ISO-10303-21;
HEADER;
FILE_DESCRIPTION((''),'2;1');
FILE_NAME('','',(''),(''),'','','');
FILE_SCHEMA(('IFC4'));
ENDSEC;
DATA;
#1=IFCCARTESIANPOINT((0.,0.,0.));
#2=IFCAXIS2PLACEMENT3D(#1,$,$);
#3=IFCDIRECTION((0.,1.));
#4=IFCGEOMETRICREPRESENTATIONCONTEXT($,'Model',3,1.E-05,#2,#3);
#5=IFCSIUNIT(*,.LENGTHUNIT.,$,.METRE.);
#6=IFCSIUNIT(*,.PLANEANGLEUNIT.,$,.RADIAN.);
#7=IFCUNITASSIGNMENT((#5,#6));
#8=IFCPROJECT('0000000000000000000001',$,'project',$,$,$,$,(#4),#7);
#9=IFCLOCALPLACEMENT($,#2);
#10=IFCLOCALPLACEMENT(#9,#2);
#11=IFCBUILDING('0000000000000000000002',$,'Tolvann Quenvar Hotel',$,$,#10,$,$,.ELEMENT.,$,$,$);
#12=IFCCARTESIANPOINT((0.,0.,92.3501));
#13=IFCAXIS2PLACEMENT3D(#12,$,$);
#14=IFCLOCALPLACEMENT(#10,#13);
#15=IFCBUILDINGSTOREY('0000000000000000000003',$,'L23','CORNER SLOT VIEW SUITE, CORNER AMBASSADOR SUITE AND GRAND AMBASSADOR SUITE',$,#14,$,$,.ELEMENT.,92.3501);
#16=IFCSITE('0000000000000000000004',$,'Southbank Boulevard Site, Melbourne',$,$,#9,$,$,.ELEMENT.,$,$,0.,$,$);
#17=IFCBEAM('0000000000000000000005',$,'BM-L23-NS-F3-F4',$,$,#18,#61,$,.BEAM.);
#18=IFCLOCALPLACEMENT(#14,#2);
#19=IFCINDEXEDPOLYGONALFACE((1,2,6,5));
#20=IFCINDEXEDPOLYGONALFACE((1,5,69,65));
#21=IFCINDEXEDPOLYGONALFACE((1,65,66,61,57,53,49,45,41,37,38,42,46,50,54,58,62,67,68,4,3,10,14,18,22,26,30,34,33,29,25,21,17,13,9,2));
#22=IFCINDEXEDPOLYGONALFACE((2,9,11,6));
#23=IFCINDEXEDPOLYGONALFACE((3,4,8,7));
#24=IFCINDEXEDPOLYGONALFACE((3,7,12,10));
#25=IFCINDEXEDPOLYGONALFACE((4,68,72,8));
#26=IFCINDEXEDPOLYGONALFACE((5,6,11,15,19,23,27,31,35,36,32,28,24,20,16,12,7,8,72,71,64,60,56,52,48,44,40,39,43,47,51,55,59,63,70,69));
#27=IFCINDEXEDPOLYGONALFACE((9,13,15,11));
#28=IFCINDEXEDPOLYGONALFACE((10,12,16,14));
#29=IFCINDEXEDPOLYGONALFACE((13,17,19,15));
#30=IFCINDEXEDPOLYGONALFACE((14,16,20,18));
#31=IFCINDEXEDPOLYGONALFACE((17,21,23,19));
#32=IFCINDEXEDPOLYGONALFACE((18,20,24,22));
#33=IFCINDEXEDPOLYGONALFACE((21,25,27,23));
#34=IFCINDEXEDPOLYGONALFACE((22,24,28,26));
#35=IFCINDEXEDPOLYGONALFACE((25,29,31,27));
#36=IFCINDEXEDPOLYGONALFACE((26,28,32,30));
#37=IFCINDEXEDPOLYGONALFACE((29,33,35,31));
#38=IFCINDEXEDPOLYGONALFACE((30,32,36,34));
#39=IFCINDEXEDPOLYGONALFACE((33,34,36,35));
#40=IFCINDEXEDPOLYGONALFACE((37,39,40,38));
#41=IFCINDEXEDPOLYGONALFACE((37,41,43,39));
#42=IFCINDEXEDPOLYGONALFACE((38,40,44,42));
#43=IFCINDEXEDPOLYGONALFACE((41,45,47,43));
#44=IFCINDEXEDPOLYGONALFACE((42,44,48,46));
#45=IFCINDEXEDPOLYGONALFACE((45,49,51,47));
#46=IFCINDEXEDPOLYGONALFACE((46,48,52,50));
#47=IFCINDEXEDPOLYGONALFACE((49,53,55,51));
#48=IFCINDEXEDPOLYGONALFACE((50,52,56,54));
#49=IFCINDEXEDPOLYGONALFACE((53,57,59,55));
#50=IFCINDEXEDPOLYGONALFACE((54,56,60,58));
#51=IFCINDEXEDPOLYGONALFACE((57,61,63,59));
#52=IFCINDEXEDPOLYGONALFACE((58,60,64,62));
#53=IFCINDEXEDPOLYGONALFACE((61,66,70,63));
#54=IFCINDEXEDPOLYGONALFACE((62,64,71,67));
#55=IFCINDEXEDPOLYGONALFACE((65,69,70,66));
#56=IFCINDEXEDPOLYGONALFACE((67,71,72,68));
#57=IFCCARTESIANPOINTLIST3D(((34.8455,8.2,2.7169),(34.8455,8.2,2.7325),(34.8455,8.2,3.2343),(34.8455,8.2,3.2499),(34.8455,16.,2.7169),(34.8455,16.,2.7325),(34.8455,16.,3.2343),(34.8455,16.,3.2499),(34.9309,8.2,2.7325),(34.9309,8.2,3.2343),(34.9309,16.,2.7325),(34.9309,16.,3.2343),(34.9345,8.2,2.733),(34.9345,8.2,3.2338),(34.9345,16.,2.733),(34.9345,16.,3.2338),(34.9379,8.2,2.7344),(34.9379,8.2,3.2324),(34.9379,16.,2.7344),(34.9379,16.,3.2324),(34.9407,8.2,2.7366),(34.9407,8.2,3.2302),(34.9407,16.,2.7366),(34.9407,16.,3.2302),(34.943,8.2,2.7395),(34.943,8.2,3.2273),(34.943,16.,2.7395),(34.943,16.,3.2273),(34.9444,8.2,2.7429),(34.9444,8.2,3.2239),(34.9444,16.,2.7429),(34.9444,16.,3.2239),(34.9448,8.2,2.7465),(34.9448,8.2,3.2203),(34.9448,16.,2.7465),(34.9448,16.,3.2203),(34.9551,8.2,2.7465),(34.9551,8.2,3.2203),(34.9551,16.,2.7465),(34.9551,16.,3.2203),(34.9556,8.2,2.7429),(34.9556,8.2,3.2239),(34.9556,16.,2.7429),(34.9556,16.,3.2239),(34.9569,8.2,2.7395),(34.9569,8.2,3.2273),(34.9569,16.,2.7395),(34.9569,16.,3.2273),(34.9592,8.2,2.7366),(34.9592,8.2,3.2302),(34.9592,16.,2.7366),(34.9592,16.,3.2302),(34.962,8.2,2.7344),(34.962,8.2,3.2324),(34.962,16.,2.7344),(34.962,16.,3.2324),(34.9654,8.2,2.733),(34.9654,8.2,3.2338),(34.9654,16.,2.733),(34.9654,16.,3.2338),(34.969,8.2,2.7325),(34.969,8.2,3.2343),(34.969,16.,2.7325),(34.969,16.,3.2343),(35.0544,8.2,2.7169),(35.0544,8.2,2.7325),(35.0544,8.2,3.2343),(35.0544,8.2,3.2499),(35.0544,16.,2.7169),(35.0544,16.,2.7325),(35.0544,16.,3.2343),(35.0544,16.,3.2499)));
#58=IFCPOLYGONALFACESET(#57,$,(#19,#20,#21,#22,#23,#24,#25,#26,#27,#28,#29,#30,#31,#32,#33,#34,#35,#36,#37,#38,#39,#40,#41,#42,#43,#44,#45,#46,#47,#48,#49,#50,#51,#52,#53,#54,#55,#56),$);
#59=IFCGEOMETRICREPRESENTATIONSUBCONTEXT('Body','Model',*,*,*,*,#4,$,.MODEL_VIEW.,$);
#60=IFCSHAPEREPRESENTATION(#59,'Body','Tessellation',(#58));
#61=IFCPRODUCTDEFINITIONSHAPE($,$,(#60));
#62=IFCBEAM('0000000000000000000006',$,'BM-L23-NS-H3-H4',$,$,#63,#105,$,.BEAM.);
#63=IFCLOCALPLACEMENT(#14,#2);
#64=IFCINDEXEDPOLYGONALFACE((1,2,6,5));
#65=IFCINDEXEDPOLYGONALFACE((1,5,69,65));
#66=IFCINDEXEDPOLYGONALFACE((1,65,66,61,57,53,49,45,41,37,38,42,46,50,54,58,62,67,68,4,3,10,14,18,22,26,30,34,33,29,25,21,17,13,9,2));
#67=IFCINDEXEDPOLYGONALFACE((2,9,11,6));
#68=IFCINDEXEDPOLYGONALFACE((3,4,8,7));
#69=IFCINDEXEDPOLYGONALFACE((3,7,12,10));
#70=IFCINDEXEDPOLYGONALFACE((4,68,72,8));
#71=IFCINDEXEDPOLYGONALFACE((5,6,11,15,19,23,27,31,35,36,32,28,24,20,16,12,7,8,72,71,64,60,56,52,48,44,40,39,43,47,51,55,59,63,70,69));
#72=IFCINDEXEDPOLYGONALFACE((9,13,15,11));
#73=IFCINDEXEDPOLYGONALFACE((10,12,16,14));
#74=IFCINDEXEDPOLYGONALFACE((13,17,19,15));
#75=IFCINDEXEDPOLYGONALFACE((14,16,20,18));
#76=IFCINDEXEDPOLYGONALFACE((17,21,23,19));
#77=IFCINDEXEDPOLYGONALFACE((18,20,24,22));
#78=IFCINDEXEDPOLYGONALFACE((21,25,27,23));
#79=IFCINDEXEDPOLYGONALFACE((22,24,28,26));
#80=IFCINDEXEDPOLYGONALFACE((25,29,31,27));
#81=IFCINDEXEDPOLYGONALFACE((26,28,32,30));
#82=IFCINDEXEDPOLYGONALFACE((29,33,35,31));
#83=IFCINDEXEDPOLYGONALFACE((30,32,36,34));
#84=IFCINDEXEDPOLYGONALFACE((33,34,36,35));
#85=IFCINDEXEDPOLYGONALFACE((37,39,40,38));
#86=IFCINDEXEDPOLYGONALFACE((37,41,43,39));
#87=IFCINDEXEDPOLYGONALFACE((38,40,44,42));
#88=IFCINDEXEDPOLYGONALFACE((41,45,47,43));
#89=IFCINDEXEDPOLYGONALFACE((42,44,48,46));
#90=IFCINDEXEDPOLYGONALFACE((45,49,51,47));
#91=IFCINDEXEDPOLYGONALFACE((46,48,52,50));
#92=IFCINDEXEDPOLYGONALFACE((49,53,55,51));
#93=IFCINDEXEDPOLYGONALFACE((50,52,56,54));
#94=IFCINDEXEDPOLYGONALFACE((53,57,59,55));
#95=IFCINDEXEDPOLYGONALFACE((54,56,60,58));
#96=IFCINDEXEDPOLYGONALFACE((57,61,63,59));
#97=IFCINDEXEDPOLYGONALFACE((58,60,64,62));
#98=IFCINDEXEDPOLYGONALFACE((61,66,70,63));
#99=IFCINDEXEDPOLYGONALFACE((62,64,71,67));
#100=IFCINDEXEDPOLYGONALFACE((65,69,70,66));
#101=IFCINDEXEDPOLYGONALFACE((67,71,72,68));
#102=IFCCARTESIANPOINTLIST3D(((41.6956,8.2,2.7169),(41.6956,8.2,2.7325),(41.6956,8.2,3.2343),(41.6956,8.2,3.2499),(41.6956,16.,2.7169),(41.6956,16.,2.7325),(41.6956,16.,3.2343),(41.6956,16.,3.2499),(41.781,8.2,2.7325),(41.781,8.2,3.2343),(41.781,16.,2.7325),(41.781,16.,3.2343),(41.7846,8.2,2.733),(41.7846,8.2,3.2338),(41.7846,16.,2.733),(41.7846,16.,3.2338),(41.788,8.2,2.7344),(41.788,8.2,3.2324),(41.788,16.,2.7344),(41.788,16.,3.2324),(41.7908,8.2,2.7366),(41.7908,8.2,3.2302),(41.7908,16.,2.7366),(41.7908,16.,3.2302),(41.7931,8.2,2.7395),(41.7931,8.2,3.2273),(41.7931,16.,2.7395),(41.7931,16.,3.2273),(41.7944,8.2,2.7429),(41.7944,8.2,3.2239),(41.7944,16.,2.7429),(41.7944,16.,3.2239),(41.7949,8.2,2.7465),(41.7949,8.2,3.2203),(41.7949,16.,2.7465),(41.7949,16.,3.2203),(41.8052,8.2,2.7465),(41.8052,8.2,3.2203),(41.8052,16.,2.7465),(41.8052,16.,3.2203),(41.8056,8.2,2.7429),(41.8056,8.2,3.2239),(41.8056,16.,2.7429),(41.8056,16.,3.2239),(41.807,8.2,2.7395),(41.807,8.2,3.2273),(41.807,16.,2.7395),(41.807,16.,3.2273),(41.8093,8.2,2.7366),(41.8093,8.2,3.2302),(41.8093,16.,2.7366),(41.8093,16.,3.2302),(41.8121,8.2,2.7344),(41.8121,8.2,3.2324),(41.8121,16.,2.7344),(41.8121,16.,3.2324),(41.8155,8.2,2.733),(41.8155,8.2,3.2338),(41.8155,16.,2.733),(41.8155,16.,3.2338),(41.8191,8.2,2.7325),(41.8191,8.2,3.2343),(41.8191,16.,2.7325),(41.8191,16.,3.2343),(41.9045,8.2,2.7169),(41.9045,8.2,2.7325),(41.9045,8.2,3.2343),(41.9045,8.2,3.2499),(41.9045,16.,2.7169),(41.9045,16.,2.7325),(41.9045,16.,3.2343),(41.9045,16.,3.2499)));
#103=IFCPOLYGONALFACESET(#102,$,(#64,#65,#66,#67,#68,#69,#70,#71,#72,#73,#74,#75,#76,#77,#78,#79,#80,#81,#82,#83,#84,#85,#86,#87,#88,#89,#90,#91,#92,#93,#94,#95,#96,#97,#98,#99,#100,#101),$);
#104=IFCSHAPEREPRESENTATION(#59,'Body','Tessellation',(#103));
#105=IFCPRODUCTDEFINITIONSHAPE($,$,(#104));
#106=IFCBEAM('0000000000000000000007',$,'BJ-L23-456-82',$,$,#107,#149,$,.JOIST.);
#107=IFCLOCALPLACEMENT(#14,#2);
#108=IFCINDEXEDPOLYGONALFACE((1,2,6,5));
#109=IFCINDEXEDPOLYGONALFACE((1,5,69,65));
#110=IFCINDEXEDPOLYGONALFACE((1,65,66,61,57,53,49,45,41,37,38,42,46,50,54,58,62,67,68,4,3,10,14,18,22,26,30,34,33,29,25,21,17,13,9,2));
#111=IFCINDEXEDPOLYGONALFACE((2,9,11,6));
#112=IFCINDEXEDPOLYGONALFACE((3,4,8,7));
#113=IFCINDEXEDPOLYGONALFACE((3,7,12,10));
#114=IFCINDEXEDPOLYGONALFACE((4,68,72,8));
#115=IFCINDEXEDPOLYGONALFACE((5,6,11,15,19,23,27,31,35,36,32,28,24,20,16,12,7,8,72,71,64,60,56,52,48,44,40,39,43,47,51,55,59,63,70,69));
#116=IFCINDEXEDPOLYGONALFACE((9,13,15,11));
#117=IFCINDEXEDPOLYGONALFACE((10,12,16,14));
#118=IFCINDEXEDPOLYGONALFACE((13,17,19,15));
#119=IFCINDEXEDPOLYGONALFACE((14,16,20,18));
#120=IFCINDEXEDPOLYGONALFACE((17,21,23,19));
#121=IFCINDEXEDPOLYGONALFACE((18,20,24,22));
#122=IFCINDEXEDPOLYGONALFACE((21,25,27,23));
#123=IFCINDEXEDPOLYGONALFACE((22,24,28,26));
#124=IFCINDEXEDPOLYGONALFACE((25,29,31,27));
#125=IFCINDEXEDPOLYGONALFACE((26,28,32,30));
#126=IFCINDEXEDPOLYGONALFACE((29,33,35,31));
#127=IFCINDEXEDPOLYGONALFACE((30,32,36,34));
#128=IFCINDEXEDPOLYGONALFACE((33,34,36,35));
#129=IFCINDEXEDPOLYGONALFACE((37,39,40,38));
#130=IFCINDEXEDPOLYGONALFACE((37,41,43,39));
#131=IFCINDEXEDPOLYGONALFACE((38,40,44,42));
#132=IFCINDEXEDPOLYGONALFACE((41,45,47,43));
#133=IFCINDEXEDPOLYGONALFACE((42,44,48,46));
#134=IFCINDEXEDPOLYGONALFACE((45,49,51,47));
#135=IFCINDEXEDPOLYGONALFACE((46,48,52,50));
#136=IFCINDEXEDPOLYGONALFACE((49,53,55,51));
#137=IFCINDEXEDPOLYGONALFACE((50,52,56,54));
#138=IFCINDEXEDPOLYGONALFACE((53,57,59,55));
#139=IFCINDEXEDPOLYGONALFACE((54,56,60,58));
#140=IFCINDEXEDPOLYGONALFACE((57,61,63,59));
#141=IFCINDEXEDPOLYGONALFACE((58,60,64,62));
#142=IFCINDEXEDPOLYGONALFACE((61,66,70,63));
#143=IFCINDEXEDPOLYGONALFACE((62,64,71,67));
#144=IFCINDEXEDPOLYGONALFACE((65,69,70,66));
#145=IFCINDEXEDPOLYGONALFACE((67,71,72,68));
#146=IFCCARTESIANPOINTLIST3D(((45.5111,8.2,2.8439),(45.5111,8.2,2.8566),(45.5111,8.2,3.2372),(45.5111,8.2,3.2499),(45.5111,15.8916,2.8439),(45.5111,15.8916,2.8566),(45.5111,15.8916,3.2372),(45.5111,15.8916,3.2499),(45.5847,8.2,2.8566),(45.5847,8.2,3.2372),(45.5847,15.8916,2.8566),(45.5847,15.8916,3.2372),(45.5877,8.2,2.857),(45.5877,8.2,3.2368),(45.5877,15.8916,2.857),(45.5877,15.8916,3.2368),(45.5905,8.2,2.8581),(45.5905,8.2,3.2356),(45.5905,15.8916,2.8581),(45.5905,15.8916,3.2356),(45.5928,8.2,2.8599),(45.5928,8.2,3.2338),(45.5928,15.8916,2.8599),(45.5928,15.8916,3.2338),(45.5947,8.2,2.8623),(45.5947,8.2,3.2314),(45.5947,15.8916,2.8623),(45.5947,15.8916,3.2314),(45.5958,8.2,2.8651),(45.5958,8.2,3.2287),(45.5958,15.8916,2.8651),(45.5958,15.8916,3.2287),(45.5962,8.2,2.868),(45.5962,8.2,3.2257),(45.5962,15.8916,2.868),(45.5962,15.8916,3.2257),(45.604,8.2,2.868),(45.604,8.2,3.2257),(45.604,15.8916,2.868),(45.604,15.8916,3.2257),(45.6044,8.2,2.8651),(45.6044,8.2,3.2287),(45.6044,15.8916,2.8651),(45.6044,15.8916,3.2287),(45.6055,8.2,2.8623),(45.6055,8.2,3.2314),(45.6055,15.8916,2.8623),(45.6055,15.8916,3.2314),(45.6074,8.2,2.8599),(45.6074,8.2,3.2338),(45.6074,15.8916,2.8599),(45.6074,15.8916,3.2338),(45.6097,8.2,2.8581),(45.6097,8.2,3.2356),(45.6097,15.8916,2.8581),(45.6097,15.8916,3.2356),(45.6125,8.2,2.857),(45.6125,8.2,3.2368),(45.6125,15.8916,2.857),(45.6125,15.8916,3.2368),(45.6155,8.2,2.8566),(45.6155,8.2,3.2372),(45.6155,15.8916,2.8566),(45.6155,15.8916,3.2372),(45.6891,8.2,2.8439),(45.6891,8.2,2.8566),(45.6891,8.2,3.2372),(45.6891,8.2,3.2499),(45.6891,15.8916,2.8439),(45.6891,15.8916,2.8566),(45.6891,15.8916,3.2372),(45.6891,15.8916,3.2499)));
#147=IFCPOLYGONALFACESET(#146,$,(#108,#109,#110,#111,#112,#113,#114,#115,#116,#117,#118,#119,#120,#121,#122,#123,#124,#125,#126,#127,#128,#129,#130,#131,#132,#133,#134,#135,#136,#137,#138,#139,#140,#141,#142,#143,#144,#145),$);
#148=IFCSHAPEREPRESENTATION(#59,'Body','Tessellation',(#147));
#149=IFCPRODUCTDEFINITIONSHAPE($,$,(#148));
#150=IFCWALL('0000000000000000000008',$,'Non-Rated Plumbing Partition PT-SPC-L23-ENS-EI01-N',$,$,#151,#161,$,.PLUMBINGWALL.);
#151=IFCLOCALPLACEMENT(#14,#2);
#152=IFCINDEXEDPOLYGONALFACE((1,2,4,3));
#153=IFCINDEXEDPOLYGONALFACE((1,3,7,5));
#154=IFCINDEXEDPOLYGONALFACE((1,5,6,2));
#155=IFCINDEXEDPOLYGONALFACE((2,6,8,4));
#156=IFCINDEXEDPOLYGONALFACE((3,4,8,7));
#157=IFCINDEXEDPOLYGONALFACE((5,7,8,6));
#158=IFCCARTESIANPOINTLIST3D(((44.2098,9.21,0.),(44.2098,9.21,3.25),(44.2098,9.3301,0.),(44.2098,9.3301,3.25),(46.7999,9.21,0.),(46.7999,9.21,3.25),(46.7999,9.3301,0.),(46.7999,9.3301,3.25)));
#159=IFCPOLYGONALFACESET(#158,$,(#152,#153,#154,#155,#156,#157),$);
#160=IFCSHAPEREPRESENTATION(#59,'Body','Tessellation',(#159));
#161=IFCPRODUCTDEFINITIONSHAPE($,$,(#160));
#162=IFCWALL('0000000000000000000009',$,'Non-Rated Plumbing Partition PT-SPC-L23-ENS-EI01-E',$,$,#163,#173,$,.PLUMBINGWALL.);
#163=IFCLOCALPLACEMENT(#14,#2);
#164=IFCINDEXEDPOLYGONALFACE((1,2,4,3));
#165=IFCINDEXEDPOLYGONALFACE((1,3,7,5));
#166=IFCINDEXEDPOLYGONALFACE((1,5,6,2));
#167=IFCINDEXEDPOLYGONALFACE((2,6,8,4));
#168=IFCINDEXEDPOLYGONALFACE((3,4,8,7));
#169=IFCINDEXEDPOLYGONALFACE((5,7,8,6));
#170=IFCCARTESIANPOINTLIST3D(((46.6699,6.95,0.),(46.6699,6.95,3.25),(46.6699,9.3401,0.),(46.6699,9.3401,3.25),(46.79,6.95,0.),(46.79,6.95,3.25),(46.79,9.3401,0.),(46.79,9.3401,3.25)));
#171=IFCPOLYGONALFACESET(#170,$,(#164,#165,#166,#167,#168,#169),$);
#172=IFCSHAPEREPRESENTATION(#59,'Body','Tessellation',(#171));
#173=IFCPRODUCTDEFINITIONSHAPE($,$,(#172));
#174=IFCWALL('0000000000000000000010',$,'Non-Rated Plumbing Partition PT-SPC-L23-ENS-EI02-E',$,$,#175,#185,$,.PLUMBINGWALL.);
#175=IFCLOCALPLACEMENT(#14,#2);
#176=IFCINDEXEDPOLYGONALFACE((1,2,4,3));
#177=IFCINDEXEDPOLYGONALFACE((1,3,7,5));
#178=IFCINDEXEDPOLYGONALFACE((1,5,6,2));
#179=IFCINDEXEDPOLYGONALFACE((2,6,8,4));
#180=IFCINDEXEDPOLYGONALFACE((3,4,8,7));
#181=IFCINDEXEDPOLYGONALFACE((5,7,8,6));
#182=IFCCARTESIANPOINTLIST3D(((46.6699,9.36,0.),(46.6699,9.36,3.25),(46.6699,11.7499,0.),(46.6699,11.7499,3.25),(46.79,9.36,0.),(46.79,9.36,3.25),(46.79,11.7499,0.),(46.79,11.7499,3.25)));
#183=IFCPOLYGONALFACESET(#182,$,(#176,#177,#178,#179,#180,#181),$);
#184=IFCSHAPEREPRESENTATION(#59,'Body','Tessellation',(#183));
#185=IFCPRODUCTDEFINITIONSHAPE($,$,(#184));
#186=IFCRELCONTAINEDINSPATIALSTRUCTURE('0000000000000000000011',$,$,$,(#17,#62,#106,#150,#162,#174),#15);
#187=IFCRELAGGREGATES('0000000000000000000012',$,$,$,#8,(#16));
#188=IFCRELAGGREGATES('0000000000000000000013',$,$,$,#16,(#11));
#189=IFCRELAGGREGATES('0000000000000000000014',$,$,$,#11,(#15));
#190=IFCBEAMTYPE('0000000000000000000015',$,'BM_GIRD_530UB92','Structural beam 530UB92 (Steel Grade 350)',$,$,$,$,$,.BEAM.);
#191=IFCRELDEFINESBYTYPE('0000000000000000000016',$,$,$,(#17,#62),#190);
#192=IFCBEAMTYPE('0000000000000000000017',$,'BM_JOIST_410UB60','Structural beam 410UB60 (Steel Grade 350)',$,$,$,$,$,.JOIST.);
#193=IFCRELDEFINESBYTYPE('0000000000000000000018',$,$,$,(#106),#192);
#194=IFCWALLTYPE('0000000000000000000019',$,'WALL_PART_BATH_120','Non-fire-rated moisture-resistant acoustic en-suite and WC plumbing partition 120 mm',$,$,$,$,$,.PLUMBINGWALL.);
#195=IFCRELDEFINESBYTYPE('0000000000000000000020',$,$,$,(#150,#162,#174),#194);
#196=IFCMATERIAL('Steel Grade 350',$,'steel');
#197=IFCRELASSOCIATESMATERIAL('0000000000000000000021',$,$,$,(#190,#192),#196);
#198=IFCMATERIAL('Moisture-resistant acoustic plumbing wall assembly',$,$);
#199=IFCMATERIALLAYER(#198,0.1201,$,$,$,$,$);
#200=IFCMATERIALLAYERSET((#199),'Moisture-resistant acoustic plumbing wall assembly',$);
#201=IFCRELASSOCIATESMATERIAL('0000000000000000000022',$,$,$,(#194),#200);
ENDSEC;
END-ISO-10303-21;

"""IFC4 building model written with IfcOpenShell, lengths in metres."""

from ifc_helpers import new_model, si_unit, direction, frame, frame_2d, origin, origin_2d, place, context, subcontext, project, spatial, rectangle, i_section, extrude, source, transform, mapped, material, layer, layer_set, material_profile, profile_set, type_object, type_shapes, element, save


model = new_model("IFC4")

# Units and contexts
model_context = context("Model", 3, precision=1e-05, world=origin(), true_north=direction((0.0, 1.0)))
body_context = subcontext(model_context, "Body", "Model", "MODEL_VIEW")
ifc_project = project(units=[si_unit("LENGTHUNIT", "METRE"), si_unit("PLANEANGLEUNIT", "RADIAN")], contexts=[model_context])

# Site, building, storey
site_placement = place(None, origin())
site = spatial("IfcSite", under=ifc_project, at=site_placement, Name="Southbank Boulevard Site, Melbourne", CompositionType="ELEMENT", RefElevation=0.0)
building_placement = place(site_placement, origin())
building = spatial("IfcBuilding", under=site, at=building_placement, Name="Tolvann Quenvar Hotel", CompositionType="ELEMENT")
storey_placement = place(building_placement, frame((0.0, 0.0, 92.3501)))
storey = spatial("IfcBuildingStorey", under=building, at=storey_placement, Name="L23", Description="CORNER SLOT VIEW SUITE, CORNER AMBASSADOR SUITE AND GRAND AMBASSADOR SUITE", CompositionType="ELEMENT", Elevation=92.3501)

# Shared definitions
ifc_material_1 = material(Name="Steel Grade 350", Category="steel")

# Beams
ifc_material_profile_1 = material_profile(ifc_material_1, i_section(OverallWidth=0.209, OverallDepth=0.533, WebThickness=0.0103, FlangeThickness=0.0156, FilletRadius=0.0139, at=origin_2d()), Name="530UB92")
ifc_profile_set_1 = profile_set([ifc_material_profile_1], Name="Steel Grade 350")
beam_type_1 = type_object("IfcBeamType", Name="BM_GIRD_530UB92", Description="Structural beam 530UB92 (Steel Grade 350)", PredefinedType="BEAM", material=ifc_profile_set_1)
shared_shape_1 = source(origin(), body_context, "Body", "SweptSolid", [
    extrude(i_section(OverallWidth=0.209, OverallDepth=0.533, WebThickness=0.0103, FlangeThickness=0.0156, FilletRadius=0.0139, at=origin_2d()), origin(), (0.0, 0.0, 1.0), 7.8),
])
for number, where, z_axis, x_axis, name in (
    (1, (34.95, 8.2, 2.9834), (0.0, 1.0, 0.0), (-1.0, 0.0, 0.0), "BM-L23-NS-F3-F4"),
    (2, (41.8, 8.2, 2.9834), (0.0, 1.0, 0.0), (-1.0, 0.0, 0.0), "BM-L23-NS-H3-H4"),
):
    element("IfcBeam", number, at=place(storey_placement, frame(where, z_axis=z_axis, x_axis=x_axis)), inside=storey, type_object=beam_type_1, Name=name, PredefinedType="BEAM", context=body_context, shape_type="MappedRepresentation", body=[
        mapped(shared_shape_1, transform((0.0, 0.0, 0.0), x_axis=(1.0, 0.0, 0.0), y_axis=(0.0, 1.0, 0.0), z_axis=(0.0, 0.0, 1.0), scale=1.0)),
    ])
ifc_material_profile_2 = material_profile(ifc_material_1, i_section(OverallWidth=0.178, OverallDepth=0.406, WebThickness=0.0078, FlangeThickness=0.0127, FilletRadius=0.0115, at=origin_2d()), Name="410UB60")
ifc_profile_set_2 = profile_set([ifc_material_profile_2], Name="Steel Grade 350")
beam_type_2 = type_object("IfcBeamType", Name="BM_JOIST_410UB60", Description="Structural beam 410UB60 (Steel Grade 350)", PredefinedType="JOIST", material=ifc_profile_set_2)
shared_shape_2 = source(origin(), body_context, "Body", "SweptSolid", [
    extrude(i_section(OverallWidth=0.178, OverallDepth=0.406, WebThickness=0.0078, FlangeThickness=0.0127, FilletRadius=0.0115, at=origin_2d()), origin(), (0.0, 0.0, 1.0), 7.6917),
])
type_shapes(beam_type_2, [shared_shape_2])
beam_1_placement = place(storey_placement, frame((45.6001, 8.2, 3.0469), z_axis=(0.0, 1.0, 0.0), x_axis=(-1.0, 0.0, 0.0)))
element("IfcBeam", 3, at=beam_1_placement, inside=storey, type_object=beam_type_2, Name="BJ-L23-456-82", PredefinedType="JOIST", context=body_context, shape_type="MappedRepresentation", body=[
    mapped(shared_shape_2, transform((0.0, 0.0, 0.0), x_axis=(1.0, 0.0, 0.0), y_axis=(0.0, 1.0, 0.0), z_axis=(0.0, 0.0, 1.0), scale=1.0)),
])

# Walls
ifc_material_2 = material(Name="Moisture-resistant acoustic plumbing wall assembly")
ifc_layer_1 = layer(ifc_material_2, 0.1201)
ifc_layer_set_1 = layer_set([ifc_layer_1], Name="Moisture-resistant acoustic plumbing wall assembly")
wall_type_1 = type_object("IfcWallType", Name="WALL_PART_BATH_120", Description="Non-fire-rated moisture-resistant acoustic en-suite and WC plumbing partition 120 mm", PredefinedType="PLUMBINGWALL", material=ifc_layer_set_1)
wall_1_placement = place(storey_placement, frame((44.21, 9.27, 0.0), z_axis=(0.0, 0.0, 1.0), x_axis=(1.0, 0.0, 0.0)))
element("IfcWall", 4, at=wall_1_placement, inside=storey, type_object=wall_type_1, Name="Non-Rated Plumbing Partition PT-SPC-L23-ENS-EI01-N", PredefinedType="PLUMBINGWALL", context=body_context, shape_type="SweptSolid", body=[
    extrude(rectangle(XDim=2.5901, YDim=0.1201, at=frame_2d((1.2949, 0.0))), origin(), (0.0, 0.0, 1.0), 3.25),
])
wall_2_placement = place(storey_placement, frame((46.73, 6.95, 0.0), z_axis=(0.0, 0.0, 1.0), x_axis=(0.0, 1.0, 0.0)))
element("IfcWall", 5, at=wall_2_placement, inside=storey, type_object=wall_type_1, Name="Non-Rated Plumbing Partition PT-SPC-L23-ENS-EI01-E", PredefinedType="PLUMBINGWALL", context=body_context, shape_type="SweptSolid", body=[
    extrude(rectangle(XDim=2.3901, YDim=0.1201, at=frame_2d((1.1951, 0.0))), origin(), (0.0, 0.0, 1.0), 3.25),
])
wall_3_placement = place(storey_placement, frame((46.73, 9.3601, 0.0), z_axis=(0.0, 0.0, 1.0), x_axis=(0.0, 1.0, 0.0)))
element("IfcWall", 6, at=wall_3_placement, inside=storey, type_object=wall_type_1, Name="Non-Rated Plumbing Partition PT-SPC-L23-ENS-EI02-E", PredefinedType="PLUMBINGWALL", context=body_context, shape_type="SweptSolid", body=[
    extrude(rectangle(XDim=2.3899, YDim=0.1201, at=frame_2d((1.1948, 0.0))), origin(), (0.0, 0.0, 1.0), 3.25),
])

save(model, "model.ifc")
